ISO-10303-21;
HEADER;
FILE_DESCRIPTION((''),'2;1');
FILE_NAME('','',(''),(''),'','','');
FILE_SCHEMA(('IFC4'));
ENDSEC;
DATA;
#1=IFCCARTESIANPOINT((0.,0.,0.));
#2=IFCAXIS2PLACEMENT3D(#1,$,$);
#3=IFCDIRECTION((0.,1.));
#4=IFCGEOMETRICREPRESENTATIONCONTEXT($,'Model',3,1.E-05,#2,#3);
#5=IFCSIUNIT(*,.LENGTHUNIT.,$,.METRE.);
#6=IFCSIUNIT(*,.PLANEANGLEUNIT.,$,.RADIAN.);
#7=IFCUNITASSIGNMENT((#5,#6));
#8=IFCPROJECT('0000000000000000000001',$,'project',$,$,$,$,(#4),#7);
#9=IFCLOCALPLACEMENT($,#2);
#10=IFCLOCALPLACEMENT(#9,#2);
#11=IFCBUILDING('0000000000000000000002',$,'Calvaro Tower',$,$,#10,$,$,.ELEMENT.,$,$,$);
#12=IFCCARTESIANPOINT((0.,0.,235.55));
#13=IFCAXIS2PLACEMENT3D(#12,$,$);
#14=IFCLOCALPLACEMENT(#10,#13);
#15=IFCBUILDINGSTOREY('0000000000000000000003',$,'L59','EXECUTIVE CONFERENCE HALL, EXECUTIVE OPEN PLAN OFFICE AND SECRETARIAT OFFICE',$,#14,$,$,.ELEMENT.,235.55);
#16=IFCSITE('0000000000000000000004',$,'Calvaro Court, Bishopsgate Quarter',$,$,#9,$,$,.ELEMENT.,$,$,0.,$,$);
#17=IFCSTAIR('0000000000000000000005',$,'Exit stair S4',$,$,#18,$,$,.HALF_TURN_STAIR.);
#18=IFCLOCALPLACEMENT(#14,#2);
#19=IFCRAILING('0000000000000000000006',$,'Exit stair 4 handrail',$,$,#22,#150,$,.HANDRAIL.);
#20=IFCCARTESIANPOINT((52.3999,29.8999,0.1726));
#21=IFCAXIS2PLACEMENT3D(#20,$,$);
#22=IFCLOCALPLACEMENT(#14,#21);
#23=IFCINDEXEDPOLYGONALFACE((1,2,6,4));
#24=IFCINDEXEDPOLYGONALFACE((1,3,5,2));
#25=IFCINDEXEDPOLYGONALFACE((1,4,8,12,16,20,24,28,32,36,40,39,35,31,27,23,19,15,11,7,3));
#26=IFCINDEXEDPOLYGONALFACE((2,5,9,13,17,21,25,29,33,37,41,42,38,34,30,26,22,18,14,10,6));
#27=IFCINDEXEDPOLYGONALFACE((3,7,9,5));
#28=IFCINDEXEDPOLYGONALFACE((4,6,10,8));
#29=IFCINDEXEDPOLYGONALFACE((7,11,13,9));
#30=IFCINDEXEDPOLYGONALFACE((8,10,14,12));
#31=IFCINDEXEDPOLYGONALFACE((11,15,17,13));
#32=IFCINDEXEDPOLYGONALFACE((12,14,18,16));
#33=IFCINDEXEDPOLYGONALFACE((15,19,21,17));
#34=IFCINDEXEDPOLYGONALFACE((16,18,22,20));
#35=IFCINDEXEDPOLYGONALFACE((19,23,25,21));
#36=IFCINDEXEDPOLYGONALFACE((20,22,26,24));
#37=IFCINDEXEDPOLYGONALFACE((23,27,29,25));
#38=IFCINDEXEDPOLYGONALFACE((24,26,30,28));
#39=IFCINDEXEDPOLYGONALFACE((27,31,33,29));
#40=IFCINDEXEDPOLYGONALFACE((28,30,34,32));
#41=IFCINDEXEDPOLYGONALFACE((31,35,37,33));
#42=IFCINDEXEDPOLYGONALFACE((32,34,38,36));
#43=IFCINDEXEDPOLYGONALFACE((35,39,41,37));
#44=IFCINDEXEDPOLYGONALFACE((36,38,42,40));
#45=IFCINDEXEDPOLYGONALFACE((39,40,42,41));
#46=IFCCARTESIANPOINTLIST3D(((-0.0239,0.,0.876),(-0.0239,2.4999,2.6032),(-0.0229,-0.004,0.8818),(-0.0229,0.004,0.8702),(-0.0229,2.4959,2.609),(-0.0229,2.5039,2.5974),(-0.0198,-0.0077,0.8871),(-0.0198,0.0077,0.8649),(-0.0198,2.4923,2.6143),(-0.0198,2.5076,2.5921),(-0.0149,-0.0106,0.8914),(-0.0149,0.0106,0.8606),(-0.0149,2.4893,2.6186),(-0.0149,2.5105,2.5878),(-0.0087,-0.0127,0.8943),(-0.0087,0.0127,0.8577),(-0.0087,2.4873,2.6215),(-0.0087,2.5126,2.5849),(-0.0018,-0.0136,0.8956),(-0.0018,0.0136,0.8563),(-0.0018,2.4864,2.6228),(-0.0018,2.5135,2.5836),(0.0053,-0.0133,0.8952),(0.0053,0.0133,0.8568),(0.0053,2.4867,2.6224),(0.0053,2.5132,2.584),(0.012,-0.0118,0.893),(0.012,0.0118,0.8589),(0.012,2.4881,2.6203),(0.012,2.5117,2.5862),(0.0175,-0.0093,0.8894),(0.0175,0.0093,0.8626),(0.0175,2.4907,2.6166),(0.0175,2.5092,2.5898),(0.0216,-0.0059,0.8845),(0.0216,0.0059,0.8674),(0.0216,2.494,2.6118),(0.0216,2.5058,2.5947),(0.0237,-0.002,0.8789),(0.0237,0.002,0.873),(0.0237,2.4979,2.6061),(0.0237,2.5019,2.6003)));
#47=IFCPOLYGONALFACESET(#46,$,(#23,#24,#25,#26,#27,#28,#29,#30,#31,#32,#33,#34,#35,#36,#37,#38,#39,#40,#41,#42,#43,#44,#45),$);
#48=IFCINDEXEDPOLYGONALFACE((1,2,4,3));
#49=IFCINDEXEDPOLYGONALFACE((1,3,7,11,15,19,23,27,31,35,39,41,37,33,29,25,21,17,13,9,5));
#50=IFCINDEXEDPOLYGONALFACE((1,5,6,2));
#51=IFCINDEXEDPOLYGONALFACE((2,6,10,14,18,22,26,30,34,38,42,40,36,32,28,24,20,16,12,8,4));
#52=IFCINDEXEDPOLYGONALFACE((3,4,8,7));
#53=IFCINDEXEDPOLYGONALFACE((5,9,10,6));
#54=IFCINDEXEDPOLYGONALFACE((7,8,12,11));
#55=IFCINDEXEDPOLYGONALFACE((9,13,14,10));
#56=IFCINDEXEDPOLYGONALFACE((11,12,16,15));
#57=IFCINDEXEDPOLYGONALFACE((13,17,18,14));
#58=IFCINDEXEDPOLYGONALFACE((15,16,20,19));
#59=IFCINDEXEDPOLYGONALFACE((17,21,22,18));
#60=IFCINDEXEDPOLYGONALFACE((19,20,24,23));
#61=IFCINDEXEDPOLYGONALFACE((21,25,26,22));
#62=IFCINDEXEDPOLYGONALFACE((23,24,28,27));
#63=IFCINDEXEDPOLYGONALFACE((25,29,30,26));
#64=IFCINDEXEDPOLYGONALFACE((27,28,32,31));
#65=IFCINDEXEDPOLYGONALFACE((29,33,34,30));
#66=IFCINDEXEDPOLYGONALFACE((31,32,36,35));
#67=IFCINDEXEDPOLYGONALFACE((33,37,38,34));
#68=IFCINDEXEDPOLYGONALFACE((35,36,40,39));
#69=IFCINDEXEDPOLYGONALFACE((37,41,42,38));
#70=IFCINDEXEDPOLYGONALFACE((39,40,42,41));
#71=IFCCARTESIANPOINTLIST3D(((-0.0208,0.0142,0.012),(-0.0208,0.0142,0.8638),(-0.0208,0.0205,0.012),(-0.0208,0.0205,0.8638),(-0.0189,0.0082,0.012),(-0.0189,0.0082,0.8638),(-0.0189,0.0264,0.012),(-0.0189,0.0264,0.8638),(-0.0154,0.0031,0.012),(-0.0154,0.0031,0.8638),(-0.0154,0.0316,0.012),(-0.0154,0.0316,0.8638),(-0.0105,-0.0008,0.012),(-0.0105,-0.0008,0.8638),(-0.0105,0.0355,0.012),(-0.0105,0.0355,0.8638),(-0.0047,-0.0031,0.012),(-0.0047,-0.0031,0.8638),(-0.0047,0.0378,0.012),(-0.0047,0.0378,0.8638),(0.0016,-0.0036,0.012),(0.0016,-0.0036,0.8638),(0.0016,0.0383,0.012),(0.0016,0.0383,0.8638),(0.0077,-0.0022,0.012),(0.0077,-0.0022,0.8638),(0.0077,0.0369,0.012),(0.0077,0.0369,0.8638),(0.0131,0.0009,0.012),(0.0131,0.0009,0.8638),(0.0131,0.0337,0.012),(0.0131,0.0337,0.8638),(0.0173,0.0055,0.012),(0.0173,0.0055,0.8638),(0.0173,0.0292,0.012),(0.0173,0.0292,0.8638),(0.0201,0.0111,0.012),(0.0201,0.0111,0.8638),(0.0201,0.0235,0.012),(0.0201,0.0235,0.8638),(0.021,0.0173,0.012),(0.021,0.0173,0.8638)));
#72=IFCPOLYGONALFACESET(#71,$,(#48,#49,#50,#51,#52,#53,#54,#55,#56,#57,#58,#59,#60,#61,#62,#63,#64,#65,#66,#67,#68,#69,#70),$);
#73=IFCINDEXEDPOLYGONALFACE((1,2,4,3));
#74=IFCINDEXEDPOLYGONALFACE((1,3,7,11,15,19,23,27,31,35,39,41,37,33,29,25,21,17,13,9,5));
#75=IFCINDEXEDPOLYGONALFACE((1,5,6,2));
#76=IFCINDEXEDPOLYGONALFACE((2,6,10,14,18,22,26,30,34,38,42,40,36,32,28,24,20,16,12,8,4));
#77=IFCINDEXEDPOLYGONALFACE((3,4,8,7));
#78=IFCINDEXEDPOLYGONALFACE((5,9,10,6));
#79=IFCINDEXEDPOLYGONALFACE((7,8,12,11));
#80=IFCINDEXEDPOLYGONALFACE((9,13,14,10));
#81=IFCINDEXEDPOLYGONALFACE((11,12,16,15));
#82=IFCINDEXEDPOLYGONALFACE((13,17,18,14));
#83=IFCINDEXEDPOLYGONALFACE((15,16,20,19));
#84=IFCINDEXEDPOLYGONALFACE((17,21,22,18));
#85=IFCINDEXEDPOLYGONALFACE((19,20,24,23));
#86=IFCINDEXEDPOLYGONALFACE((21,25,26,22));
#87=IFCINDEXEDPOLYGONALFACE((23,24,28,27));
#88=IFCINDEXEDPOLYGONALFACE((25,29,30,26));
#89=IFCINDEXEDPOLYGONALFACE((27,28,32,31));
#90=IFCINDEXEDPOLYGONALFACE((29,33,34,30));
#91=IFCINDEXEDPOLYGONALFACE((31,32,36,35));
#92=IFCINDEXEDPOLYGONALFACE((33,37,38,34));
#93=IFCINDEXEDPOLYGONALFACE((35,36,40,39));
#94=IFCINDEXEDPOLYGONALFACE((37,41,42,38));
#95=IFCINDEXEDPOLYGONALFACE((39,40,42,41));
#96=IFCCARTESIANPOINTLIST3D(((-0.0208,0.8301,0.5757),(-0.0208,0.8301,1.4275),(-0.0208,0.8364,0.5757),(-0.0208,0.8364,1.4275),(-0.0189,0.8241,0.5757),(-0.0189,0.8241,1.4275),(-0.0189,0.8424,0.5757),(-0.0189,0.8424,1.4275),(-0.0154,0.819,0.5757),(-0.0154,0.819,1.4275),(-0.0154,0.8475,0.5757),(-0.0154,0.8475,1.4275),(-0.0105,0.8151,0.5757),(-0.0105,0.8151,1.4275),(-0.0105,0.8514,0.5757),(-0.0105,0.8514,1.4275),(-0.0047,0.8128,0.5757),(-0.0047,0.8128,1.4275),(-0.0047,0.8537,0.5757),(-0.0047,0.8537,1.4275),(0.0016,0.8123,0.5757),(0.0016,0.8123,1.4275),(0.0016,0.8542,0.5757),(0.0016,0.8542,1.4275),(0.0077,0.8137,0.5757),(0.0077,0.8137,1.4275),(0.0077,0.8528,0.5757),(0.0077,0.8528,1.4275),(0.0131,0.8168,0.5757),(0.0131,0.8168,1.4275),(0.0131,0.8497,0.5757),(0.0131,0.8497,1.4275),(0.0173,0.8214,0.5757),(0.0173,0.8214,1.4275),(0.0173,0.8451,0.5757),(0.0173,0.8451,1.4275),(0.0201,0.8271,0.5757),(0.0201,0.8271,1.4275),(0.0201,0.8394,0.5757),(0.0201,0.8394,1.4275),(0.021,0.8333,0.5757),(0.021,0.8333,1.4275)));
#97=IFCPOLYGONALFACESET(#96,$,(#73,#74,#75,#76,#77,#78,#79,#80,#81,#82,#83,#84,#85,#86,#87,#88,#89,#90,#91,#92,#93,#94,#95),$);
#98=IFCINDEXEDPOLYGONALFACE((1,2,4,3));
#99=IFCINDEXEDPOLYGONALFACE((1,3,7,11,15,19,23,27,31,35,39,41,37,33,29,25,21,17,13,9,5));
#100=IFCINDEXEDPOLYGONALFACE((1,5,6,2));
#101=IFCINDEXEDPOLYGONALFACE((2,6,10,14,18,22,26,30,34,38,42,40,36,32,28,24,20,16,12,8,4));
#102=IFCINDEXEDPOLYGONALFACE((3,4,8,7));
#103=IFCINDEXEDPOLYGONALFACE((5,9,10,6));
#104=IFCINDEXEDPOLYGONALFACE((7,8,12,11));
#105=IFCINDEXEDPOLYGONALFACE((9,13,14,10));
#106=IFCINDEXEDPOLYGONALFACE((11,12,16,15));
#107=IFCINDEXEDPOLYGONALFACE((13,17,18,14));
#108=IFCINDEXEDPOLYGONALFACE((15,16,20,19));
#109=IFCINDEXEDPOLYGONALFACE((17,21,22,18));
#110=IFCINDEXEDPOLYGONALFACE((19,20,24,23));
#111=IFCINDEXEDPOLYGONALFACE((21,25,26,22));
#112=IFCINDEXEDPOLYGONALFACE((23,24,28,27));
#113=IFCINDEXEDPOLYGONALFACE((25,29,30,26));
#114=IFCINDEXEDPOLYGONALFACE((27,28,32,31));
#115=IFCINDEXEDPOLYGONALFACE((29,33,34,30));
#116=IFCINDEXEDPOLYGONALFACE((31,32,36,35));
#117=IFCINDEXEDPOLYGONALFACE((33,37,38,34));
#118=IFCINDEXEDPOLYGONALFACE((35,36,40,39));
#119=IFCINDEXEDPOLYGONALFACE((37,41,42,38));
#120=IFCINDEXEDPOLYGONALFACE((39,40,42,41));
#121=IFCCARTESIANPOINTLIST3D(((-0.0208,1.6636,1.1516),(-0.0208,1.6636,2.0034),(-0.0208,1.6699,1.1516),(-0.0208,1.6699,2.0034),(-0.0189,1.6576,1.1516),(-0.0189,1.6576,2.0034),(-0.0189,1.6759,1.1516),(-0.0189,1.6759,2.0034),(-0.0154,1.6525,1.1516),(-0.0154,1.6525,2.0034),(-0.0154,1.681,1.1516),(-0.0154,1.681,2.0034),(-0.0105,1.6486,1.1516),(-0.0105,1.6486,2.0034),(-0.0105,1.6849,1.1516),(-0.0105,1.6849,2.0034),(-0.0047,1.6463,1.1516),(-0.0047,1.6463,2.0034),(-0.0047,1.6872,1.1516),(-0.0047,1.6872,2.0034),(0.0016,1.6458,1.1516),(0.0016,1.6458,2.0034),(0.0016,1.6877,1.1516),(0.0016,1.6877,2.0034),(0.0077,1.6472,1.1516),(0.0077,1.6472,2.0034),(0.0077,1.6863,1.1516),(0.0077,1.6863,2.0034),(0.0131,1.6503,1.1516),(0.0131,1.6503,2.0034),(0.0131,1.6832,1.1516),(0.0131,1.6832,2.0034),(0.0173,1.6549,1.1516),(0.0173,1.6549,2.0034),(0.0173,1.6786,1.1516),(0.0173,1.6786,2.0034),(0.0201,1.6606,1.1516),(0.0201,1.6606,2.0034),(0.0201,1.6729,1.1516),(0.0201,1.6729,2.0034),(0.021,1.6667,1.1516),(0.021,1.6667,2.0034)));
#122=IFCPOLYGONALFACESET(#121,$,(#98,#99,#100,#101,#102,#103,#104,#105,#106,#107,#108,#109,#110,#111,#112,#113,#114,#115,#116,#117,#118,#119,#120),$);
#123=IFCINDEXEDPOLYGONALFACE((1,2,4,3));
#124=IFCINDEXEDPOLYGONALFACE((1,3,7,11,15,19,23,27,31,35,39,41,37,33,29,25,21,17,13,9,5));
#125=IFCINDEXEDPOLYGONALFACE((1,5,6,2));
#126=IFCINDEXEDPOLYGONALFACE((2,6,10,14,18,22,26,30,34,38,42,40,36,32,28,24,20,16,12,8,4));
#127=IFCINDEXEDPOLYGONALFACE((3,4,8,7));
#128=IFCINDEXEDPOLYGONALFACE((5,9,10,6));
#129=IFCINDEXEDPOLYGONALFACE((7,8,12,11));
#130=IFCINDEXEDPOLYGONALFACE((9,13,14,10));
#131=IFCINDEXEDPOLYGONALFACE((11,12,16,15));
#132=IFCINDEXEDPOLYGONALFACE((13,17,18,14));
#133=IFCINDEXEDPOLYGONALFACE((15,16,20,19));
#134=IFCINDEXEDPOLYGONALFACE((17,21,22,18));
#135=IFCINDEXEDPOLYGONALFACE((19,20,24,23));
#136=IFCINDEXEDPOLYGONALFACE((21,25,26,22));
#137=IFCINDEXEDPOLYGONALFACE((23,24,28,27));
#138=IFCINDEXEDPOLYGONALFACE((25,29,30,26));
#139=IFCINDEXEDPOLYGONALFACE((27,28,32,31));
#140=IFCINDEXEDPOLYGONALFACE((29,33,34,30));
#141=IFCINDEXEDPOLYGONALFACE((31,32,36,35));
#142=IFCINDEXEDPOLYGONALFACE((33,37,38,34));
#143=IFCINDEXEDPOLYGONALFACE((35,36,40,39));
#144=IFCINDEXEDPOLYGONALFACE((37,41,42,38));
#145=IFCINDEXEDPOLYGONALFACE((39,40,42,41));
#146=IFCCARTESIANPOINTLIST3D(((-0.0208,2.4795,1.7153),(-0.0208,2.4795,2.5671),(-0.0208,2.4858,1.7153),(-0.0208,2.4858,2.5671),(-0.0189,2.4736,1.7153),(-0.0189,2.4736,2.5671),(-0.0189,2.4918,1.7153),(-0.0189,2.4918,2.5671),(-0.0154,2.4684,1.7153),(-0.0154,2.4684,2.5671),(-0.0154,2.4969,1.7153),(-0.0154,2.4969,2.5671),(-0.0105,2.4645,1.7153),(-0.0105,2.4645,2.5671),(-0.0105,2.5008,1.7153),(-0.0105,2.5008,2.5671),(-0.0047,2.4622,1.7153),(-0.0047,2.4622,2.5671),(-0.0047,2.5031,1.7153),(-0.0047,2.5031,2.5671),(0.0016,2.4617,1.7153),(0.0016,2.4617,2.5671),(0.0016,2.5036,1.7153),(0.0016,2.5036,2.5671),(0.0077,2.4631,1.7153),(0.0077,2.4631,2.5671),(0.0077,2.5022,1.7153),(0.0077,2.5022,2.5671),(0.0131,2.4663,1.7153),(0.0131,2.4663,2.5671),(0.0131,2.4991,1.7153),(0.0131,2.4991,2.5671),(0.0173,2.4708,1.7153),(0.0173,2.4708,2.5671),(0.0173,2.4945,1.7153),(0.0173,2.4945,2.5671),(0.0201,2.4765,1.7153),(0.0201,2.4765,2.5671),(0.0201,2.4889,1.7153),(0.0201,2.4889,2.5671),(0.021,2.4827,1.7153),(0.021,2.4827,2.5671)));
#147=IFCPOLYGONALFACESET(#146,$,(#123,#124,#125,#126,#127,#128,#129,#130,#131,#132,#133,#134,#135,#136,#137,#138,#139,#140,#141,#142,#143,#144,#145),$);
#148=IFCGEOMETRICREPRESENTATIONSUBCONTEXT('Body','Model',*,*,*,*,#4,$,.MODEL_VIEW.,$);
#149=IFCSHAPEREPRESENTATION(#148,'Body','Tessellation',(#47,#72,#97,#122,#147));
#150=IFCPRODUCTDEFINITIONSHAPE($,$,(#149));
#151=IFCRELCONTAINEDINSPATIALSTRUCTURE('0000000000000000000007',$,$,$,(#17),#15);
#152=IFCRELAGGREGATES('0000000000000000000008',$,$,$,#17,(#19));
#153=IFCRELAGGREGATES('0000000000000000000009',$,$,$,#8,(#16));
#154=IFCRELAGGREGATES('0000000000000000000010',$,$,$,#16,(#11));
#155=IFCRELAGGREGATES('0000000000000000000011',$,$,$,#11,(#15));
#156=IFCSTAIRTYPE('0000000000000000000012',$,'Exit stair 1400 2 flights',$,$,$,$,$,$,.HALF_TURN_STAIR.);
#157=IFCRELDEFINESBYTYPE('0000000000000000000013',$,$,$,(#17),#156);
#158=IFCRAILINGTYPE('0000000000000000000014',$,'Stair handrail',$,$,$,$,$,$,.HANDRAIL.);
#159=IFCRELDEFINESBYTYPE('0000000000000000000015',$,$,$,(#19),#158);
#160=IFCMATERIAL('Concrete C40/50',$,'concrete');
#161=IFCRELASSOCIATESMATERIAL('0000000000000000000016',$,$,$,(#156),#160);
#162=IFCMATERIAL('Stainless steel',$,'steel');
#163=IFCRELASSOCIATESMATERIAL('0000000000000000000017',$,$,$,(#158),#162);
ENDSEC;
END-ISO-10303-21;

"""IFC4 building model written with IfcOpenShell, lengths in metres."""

from ifc_helpers import new_model, si_unit, direction, frame, origin, origin_2d, place, context, subcontext, project, spatial, circle, extrude, material, type_object, element, aggregate, save


model = new_model("IFC4")

# Units and contexts
model_context = context("Model", 3, precision=1e-05, world=origin(), true_north=direction((0.0, 1.0)))
body_context = subcontext(model_context, "Body", "Model", "MODEL_VIEW")
ifc_project = project(units=[si_unit("LENGTHUNIT", "METRE"), si_unit("PLANEANGLEUNIT", "RADIAN")], contexts=[model_context])

# Site, building, storey
site_placement = place(None, origin())
site = spatial("IfcSite", under=ifc_project, at=site_placement, Name="Calvaro Court, Bishopsgate Quarter", CompositionType="ELEMENT", RefElevation=0.0)
building_placement = place(site_placement, origin())
building = spatial("IfcBuilding", under=site, at=building_placement, Name="Calvaro Tower", CompositionType="ELEMENT")
storey_placement = place(building_placement, frame((0.0, 0.0, 235.55)))
storey = spatial("IfcBuildingStorey", under=building, at=storey_placement, Name="L59", Description="EXECUTIVE CONFERENCE HALL, EXECUTIVE OPEN PLAN OFFICE AND SECRETARIAT OFFICE", CompositionType="ELEMENT", Elevation=235.55)

# Shared definitions
ifc_material_1 = material(Name="Concrete C40/50", Category="concrete")
stair_type = type_object("IfcStairType", Name="Exit stair 1400 2 flights", PredefinedType="HALF_TURN_STAIR", material=ifc_material_1)

# Stair
stair_1_placement = place(storey_placement, origin())
stair_1 = element("IfcStair", 1, at=stair_1_placement, inside=storey, type_object=stair_type, Name="Exit stair S4", PredefinedType="HALF_TURN_STAIR")

# Railing
ifc_material_2 = material(Name="Stainless steel", Category="steel")
railing_type = type_object("IfcRailingType", Name="Stair handrail", PredefinedType="HANDRAIL", material=ifc_material_2)
railing_1_placement = place(storey_placement, frame((52.3999, 29.8999, 0.1726)))
railing_1 = element("IfcRailing", 2, at=railing_1_placement, type_object=railing_type, Name="Exit stair 4 handrail", PredefinedType="HANDRAIL", context=body_context, shape_type="SweptSolid", body=[
    extrude(circle(Radius=0.0239, at=origin_2d()), frame((0.0, 0.0, 0.876), z_axis=(0.0, 0.822727, 0.568437), x_axis=(-1.0, 0.0, 0.0)), (0.0, 0.0, 1.0), 3.0386),
    extrude(circle(Radius=0.021, at=origin_2d()), frame((0.0, 0.0173, 0.012)), (0.0, 0.0, 1.0), 0.8518),
    extrude(circle(Radius=0.021, at=origin_2d()), frame((0.0, 0.8333, 0.5757)), (0.0, 0.0, 1.0), 0.8518),
    extrude(circle(Radius=0.021, at=origin_2d()), frame((0.0, 1.6667, 1.1516)), (0.0, 0.0, 1.0), 0.8518),
    extrude(circle(Radius=0.021, at=origin_2d()), frame((0.0, 2.4827, 1.7153)), (0.0, 0.0, 1.0), 0.8518),
])
aggregate(stair_1, [railing_1])

save(model, "model.ifc")
